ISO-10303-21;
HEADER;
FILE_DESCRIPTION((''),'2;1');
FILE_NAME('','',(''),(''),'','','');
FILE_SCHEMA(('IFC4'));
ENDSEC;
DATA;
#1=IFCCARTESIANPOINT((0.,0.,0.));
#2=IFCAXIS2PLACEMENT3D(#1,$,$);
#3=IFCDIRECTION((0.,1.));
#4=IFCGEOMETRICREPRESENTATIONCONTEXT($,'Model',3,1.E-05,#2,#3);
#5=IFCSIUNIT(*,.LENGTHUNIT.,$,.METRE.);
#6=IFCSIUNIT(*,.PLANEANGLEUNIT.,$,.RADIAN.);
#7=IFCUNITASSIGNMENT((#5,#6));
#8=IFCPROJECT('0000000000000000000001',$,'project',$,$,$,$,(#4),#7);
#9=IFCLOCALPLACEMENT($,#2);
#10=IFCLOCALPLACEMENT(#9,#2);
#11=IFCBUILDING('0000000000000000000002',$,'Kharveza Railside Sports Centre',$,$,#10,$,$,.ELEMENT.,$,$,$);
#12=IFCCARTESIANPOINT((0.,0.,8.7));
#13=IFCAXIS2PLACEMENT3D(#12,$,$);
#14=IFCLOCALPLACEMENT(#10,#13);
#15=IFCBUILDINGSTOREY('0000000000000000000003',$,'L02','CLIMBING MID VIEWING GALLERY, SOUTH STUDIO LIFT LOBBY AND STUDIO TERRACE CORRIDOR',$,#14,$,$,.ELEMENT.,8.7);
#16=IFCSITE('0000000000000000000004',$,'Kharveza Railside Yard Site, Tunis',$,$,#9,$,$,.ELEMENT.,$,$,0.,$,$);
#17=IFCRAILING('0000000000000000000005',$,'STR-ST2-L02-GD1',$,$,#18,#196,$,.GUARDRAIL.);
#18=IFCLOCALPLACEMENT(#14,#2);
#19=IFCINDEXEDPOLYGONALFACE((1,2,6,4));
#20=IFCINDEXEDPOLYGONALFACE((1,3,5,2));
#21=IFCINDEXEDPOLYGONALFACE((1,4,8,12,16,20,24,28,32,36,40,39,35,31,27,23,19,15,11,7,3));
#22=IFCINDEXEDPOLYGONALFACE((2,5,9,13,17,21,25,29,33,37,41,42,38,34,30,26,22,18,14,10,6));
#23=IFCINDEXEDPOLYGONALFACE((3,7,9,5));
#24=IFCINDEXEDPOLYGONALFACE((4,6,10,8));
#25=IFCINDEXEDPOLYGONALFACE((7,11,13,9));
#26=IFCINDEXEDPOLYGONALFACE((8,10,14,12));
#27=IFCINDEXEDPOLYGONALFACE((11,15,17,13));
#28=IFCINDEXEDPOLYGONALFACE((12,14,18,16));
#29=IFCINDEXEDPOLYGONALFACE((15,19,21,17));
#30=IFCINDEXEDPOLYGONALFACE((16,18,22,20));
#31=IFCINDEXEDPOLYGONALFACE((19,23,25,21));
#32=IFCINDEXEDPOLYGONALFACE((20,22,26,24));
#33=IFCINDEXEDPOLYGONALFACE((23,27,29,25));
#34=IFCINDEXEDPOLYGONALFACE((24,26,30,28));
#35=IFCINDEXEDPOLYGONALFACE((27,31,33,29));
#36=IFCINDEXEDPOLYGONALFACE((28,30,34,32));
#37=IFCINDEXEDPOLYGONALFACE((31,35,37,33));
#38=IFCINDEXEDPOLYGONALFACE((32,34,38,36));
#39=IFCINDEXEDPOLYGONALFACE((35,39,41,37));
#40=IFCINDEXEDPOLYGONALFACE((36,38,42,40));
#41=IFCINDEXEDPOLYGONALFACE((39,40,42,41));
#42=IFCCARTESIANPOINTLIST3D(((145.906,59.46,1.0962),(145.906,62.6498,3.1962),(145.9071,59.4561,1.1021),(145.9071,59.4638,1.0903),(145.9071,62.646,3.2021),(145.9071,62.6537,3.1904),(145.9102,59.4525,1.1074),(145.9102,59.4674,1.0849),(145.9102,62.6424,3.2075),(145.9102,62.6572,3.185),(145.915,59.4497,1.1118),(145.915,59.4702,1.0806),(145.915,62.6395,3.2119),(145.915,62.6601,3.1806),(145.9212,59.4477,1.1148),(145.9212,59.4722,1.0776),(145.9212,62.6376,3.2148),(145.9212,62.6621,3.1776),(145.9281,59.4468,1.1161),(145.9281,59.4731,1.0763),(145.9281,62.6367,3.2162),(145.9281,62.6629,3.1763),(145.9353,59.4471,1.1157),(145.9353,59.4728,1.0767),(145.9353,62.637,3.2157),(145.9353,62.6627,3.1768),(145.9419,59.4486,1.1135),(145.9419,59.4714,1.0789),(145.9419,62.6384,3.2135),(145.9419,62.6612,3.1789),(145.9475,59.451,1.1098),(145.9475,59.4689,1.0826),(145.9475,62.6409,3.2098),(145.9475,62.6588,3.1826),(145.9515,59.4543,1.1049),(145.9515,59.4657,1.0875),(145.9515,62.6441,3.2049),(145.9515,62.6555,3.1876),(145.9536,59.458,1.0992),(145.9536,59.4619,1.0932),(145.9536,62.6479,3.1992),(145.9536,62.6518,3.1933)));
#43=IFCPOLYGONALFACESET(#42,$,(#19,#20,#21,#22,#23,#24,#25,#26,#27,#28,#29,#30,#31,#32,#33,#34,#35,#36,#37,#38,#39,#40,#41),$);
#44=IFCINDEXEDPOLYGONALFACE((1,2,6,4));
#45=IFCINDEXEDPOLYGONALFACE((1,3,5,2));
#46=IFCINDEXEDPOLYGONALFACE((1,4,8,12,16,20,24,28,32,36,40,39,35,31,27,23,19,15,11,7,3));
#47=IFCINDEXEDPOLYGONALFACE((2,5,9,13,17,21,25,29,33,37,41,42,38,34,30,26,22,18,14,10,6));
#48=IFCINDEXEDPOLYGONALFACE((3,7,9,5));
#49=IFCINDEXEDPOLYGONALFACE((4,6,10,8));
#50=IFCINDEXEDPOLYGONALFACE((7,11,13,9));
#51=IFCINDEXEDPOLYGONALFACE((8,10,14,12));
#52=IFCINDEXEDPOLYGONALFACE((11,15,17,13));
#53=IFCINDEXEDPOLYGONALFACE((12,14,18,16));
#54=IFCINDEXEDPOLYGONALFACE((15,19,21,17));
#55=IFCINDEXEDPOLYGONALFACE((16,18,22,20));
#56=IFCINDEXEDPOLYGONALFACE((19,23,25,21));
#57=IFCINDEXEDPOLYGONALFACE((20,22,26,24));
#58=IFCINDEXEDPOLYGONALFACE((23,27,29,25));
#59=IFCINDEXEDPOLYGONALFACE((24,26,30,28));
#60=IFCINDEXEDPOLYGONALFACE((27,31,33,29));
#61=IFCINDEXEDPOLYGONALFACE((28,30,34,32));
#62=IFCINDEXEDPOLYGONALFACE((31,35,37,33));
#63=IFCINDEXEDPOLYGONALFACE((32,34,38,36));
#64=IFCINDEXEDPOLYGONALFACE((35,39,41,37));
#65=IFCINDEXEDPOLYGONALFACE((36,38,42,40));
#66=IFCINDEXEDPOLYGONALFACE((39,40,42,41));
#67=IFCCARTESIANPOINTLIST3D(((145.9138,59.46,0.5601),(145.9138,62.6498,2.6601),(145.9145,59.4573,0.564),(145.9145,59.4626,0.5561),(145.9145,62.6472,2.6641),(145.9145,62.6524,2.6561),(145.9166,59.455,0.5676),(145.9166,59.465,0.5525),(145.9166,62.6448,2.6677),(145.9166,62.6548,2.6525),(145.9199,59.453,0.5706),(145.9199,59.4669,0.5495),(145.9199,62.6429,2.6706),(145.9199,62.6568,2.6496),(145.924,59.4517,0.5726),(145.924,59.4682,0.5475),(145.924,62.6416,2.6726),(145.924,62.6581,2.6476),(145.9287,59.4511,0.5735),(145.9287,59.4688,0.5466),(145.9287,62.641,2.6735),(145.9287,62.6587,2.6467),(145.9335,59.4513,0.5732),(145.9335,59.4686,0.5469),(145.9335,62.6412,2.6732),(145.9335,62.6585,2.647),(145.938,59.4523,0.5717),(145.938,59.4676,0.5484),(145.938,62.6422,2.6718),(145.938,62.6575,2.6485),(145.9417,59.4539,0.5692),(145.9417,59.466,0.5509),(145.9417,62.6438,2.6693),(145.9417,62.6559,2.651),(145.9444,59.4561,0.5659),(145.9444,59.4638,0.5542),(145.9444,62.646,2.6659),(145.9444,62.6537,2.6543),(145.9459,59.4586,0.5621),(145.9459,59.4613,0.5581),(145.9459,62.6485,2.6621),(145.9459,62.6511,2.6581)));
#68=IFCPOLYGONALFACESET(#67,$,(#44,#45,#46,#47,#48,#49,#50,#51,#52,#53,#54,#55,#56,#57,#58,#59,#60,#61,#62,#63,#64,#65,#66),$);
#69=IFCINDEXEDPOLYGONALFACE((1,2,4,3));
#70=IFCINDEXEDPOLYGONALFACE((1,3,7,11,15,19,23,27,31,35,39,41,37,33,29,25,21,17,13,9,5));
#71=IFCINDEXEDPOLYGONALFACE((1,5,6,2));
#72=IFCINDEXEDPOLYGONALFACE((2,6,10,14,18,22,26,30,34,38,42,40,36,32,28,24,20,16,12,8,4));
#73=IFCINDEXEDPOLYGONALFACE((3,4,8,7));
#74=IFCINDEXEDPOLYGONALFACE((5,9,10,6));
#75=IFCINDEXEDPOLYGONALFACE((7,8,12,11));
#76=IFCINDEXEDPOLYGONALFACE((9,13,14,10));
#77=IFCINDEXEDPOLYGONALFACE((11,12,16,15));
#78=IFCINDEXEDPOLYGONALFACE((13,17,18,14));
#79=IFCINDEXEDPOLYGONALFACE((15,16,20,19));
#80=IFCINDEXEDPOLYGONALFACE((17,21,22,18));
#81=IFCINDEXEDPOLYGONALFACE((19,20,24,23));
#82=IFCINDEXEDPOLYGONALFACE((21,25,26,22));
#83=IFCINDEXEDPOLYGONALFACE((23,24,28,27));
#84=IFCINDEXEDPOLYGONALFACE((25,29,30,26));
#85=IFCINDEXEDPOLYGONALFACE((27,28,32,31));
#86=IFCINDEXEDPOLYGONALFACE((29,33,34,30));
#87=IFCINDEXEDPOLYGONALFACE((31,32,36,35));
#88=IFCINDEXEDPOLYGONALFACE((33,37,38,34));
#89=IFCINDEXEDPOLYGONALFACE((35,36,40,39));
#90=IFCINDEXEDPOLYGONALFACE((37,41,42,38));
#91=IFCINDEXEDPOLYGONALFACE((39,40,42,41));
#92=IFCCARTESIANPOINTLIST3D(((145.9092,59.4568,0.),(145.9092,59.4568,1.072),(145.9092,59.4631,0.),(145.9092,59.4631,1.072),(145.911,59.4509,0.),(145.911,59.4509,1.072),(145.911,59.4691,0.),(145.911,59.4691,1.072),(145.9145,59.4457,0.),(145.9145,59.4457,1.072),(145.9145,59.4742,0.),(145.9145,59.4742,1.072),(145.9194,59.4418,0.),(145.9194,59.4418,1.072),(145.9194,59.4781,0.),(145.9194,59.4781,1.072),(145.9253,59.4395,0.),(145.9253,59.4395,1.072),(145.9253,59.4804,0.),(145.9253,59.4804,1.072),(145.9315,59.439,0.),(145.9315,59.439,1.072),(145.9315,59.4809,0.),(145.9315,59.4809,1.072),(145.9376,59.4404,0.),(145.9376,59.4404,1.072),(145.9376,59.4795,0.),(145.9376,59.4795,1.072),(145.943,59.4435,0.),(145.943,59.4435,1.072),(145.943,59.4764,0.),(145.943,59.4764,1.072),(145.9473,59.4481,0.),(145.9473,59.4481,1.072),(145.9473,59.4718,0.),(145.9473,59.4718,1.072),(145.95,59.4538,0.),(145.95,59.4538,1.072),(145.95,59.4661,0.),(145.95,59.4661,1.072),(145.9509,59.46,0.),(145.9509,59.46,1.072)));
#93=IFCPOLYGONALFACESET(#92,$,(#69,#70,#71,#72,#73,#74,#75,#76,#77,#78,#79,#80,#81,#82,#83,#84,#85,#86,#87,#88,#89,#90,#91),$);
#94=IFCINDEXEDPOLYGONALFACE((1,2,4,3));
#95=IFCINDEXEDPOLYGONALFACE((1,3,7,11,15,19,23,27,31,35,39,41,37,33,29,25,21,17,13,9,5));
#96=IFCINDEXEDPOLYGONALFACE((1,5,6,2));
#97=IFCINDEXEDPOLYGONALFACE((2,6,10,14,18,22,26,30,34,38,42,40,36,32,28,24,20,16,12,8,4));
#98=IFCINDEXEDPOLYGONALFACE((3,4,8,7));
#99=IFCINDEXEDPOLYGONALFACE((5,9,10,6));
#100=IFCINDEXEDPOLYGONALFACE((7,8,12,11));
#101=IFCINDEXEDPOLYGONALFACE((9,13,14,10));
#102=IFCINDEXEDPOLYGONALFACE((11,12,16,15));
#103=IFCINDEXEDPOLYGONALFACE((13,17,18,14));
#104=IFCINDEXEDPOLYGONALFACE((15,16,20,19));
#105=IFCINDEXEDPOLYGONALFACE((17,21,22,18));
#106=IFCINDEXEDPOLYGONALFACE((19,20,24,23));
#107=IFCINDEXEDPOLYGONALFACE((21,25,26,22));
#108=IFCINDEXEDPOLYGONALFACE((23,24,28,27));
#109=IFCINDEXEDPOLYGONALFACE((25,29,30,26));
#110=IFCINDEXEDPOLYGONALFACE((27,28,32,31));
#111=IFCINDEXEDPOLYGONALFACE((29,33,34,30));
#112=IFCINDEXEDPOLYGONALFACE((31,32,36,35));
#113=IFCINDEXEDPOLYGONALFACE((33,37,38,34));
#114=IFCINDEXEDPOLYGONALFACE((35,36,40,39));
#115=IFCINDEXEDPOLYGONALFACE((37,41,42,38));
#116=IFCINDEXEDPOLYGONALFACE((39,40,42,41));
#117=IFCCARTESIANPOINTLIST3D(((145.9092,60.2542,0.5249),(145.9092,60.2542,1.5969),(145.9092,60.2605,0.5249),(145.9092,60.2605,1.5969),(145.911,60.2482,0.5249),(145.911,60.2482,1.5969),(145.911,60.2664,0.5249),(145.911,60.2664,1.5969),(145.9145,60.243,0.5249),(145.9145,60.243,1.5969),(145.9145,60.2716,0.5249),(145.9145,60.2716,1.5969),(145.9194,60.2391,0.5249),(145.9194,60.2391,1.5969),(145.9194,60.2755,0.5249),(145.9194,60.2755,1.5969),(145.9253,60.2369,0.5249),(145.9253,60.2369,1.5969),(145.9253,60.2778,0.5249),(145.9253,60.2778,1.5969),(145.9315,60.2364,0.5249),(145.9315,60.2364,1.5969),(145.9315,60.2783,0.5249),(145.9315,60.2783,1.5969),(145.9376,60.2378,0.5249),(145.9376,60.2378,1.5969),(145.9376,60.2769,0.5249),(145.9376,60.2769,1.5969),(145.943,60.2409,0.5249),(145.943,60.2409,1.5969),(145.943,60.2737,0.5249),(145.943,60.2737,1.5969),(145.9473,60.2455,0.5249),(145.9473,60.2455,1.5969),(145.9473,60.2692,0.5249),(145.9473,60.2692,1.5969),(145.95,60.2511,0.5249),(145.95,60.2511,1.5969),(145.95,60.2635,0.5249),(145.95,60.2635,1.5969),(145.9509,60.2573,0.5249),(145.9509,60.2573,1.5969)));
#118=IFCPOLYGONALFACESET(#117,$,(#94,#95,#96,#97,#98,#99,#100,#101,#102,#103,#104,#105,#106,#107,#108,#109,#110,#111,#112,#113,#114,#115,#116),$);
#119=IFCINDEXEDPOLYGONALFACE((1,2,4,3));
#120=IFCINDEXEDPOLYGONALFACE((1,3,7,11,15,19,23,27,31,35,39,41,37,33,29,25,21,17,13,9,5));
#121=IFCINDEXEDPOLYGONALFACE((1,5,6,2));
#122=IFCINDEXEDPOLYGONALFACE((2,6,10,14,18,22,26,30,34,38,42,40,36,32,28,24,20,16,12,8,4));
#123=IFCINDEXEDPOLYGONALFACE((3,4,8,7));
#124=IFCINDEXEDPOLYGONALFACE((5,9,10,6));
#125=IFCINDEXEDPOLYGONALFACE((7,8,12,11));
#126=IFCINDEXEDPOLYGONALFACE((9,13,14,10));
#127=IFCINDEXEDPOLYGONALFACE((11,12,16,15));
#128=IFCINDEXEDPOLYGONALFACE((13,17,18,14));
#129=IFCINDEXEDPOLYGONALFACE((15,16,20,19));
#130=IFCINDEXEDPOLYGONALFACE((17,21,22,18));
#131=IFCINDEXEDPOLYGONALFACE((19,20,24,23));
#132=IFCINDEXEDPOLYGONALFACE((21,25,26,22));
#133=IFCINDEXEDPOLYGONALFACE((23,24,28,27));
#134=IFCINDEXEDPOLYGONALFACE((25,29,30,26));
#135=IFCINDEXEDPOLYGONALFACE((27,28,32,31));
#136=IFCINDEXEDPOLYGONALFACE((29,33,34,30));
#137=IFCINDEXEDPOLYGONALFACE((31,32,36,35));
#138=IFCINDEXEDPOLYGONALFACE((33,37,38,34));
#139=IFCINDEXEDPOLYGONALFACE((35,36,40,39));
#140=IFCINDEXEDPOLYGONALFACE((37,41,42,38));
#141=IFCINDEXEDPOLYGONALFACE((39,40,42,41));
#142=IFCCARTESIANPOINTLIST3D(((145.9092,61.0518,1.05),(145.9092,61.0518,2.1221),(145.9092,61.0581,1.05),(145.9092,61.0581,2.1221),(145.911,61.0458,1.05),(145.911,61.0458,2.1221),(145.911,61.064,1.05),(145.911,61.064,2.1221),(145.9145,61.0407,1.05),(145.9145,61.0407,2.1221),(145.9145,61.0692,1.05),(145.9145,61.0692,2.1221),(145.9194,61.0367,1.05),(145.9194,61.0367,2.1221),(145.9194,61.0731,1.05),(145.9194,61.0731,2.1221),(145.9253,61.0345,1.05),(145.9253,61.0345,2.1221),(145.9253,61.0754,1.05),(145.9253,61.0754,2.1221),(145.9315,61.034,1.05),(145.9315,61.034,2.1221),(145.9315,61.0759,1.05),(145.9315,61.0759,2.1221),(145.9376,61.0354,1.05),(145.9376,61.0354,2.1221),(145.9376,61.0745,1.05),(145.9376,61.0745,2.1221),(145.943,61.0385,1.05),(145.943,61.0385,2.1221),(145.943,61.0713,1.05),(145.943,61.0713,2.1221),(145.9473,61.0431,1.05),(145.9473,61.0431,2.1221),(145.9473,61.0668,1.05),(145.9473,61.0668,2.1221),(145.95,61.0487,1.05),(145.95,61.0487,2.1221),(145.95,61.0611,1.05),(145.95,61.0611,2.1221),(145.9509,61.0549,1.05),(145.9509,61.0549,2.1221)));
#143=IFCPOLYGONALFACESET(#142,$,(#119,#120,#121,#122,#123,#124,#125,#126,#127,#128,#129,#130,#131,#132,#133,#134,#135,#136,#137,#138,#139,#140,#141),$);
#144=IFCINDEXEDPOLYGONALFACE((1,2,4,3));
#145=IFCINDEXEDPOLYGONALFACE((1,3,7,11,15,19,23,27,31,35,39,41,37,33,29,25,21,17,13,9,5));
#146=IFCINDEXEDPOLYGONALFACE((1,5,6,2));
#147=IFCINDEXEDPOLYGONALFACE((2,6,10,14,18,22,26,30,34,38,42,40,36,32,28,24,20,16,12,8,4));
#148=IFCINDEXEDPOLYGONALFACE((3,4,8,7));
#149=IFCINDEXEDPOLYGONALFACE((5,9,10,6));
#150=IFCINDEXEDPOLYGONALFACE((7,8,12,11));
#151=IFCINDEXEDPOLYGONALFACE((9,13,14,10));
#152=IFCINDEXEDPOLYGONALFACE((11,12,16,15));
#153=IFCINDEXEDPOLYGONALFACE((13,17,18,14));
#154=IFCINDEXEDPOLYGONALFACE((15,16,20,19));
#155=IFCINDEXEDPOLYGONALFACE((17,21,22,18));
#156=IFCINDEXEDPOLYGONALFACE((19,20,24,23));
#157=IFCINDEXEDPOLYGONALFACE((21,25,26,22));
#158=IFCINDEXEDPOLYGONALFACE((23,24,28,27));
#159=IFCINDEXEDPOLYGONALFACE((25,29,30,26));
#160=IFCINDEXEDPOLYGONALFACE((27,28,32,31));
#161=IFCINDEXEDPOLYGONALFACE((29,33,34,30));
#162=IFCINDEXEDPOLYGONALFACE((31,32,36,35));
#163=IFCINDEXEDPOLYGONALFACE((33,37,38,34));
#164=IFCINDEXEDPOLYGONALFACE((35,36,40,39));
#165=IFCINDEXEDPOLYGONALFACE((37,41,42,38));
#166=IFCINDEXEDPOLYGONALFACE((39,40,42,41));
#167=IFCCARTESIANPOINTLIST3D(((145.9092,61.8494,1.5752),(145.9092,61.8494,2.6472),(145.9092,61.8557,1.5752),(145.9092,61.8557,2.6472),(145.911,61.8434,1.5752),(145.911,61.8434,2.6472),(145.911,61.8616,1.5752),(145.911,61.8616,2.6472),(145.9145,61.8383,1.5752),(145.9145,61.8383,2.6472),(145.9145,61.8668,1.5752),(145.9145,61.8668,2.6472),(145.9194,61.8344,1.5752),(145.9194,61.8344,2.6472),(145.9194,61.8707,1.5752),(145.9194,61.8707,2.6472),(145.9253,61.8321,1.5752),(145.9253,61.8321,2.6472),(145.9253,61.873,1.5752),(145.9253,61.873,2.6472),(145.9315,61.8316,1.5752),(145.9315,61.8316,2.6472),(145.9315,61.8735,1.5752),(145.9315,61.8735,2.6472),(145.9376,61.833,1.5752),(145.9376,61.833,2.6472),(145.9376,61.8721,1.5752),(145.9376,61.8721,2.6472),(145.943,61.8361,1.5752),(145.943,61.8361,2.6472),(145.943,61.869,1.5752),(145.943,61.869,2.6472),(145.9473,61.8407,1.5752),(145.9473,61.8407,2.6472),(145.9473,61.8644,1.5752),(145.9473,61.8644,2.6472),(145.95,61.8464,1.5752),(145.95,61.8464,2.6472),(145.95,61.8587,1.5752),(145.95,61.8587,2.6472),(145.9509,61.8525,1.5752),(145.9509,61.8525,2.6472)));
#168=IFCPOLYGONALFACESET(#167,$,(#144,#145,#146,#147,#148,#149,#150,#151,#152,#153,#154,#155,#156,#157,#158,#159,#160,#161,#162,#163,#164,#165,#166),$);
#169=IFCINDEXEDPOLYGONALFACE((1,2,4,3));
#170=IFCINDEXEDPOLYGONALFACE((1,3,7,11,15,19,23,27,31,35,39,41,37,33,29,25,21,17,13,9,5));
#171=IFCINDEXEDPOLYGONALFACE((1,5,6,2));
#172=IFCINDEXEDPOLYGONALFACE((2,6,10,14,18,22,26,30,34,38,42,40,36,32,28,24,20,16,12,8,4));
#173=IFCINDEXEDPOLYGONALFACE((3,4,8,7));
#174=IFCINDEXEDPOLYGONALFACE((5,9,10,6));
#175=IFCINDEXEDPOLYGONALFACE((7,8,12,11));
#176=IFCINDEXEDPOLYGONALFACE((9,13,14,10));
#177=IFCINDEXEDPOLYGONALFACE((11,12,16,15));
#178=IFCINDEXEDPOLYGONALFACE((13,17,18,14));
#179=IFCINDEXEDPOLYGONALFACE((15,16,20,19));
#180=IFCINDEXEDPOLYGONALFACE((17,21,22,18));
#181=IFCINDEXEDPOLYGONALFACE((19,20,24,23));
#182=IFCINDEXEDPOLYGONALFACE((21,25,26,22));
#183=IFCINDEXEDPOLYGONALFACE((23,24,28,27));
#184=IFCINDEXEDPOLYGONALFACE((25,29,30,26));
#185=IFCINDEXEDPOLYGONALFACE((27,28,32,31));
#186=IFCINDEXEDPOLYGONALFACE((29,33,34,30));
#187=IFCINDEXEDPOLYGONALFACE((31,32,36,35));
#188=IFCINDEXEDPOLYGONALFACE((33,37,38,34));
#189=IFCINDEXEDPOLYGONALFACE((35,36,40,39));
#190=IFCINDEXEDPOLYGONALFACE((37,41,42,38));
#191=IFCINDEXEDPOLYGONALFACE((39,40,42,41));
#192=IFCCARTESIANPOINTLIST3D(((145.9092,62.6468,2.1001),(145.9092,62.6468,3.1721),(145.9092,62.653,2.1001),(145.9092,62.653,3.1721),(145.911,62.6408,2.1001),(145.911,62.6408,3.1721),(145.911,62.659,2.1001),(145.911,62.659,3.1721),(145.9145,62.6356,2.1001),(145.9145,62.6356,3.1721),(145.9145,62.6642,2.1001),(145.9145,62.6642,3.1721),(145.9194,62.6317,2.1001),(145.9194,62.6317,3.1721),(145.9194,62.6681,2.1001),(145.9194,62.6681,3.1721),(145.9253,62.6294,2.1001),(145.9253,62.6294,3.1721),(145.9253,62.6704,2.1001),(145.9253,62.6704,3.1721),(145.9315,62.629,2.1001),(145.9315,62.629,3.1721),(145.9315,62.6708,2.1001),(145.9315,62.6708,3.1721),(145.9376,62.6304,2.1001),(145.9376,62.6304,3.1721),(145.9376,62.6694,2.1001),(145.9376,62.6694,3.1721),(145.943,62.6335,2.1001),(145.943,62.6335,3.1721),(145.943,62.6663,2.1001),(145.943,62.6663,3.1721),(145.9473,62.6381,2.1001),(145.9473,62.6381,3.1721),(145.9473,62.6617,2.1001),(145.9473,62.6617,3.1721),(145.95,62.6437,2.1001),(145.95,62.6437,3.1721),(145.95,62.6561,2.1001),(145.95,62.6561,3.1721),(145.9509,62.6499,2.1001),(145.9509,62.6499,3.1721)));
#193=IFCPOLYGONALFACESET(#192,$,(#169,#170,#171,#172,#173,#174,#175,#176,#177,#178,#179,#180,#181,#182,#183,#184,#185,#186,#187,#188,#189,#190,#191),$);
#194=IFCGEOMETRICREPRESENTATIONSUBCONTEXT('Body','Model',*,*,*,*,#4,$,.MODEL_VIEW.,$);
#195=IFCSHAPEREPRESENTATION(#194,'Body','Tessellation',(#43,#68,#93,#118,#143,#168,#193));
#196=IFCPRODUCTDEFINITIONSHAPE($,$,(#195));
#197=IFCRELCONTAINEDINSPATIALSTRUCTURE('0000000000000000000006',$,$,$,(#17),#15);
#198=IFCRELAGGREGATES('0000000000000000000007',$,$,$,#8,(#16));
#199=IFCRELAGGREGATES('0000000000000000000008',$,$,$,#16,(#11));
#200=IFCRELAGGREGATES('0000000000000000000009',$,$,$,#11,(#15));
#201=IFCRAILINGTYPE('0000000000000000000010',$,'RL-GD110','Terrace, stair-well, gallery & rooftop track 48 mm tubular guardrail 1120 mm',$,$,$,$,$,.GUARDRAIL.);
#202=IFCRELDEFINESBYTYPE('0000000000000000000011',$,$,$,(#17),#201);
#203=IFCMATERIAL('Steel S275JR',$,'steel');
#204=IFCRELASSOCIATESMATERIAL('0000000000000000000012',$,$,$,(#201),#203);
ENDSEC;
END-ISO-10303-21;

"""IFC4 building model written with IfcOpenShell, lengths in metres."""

from ifc_helpers import new_model, si_unit, direction, frame, origin, origin_2d, place, context, subcontext, project, spatial, circle, extrude, material, type_object, element, save


model = new_model("IFC4")

# Units and contexts
model_context = context("Model", 3, precision=1e-05, world=origin(), true_north=direction((0.0, 1.0)))
body_context = subcontext(model_context, "Body", "Model", "MODEL_VIEW")
ifc_project = project(units=[si_unit("LENGTHUNIT", "METRE"), si_unit("PLANEANGLEUNIT", "RADIAN")], contexts=[model_context])

# Site, building, storey
site_placement = place(None, origin())
site = spatial("IfcSite", under=ifc_project, at=site_placement, Name="Kharveza Railside Yard Site, Tunis", CompositionType="ELEMENT", RefElevation=0.0)
building_placement = place(site_placement, origin())
building = spatial("IfcBuilding", under=site, at=building_placement, Name="Kharveza Railside Sports Centre", CompositionType="ELEMENT")
storey_placement = place(building_placement, frame((0.0, 0.0, 8.7)))
storey = spatial("IfcBuildingStorey", under=building, at=storey_placement, Name="L02", Description="CLIMBING MID VIEWING GALLERY, SOUTH STUDIO LIFT LOBBY AND STUDIO TERRACE CORRIDOR", CompositionType="ELEMENT", Elevation=8.7)

# Railing
ifc_material_1 = material(Name="Steel S275JR", Category="steel")
railing_type_1 = type_object("IfcRailingType", Name="RL-GD110", Description="Terrace, stair-well, gallery & rooftop track 48 mm tubular guardrail 1120 mm", PredefinedType="GUARDRAIL", material=ifc_material_1)
railing_1_placement = place(storey_placement, frame((145.9299, 59.46, 0.0)))
element("IfcRailing", 1, at=railing_1_placement, inside=storey, type_object=railing_type_1, Name="STR-ST2-L02-GD1", PredefinedType="GUARDRAIL", context=body_context, shape_type="SweptSolid", body=[
    extrude(circle(Radius=0.0239, at=origin_2d()), frame((0.0, 0.0, 1.0962), z_axis=(0.0, 0.835242, 0.549882), x_axis=(-1.0, 0.0, 0.0)), (0.0, 0.0, 1.0), 3.8191),
    extrude(circle(Radius=0.0161, at=origin_2d()), frame((0.0, 0.0, 0.5601), z_axis=(0.0, 0.835242, 0.549882), x_axis=(-1.0, 0.0, 0.0)), (0.0, 0.0, 1.0), 3.8191),
    extrude(circle(Radius=0.021, at=origin_2d()), origin(), (0.0, 0.0, 1.0), 1.072),
    extrude(circle(Radius=0.021, at=origin_2d()), frame((0.0, 0.7974, 0.5249)), (0.0, 0.0, 1.0), 1.072),
    extrude(circle(Radius=0.021, at=origin_2d()), frame((0.0, 1.595, 1.05)), (0.0, 0.0, 1.0), 1.072),
    extrude(circle(Radius=0.021, at=origin_2d()), frame((0.0, 2.3926, 1.5752)), (0.0, 0.0, 1.0), 1.072),
    extrude(circle(Radius=0.021, at=origin_2d()), frame((0.0, 3.1899, 2.1001)), (0.0, 0.0, 1.0), 1.072),
])

save(model, "model.ifc")
